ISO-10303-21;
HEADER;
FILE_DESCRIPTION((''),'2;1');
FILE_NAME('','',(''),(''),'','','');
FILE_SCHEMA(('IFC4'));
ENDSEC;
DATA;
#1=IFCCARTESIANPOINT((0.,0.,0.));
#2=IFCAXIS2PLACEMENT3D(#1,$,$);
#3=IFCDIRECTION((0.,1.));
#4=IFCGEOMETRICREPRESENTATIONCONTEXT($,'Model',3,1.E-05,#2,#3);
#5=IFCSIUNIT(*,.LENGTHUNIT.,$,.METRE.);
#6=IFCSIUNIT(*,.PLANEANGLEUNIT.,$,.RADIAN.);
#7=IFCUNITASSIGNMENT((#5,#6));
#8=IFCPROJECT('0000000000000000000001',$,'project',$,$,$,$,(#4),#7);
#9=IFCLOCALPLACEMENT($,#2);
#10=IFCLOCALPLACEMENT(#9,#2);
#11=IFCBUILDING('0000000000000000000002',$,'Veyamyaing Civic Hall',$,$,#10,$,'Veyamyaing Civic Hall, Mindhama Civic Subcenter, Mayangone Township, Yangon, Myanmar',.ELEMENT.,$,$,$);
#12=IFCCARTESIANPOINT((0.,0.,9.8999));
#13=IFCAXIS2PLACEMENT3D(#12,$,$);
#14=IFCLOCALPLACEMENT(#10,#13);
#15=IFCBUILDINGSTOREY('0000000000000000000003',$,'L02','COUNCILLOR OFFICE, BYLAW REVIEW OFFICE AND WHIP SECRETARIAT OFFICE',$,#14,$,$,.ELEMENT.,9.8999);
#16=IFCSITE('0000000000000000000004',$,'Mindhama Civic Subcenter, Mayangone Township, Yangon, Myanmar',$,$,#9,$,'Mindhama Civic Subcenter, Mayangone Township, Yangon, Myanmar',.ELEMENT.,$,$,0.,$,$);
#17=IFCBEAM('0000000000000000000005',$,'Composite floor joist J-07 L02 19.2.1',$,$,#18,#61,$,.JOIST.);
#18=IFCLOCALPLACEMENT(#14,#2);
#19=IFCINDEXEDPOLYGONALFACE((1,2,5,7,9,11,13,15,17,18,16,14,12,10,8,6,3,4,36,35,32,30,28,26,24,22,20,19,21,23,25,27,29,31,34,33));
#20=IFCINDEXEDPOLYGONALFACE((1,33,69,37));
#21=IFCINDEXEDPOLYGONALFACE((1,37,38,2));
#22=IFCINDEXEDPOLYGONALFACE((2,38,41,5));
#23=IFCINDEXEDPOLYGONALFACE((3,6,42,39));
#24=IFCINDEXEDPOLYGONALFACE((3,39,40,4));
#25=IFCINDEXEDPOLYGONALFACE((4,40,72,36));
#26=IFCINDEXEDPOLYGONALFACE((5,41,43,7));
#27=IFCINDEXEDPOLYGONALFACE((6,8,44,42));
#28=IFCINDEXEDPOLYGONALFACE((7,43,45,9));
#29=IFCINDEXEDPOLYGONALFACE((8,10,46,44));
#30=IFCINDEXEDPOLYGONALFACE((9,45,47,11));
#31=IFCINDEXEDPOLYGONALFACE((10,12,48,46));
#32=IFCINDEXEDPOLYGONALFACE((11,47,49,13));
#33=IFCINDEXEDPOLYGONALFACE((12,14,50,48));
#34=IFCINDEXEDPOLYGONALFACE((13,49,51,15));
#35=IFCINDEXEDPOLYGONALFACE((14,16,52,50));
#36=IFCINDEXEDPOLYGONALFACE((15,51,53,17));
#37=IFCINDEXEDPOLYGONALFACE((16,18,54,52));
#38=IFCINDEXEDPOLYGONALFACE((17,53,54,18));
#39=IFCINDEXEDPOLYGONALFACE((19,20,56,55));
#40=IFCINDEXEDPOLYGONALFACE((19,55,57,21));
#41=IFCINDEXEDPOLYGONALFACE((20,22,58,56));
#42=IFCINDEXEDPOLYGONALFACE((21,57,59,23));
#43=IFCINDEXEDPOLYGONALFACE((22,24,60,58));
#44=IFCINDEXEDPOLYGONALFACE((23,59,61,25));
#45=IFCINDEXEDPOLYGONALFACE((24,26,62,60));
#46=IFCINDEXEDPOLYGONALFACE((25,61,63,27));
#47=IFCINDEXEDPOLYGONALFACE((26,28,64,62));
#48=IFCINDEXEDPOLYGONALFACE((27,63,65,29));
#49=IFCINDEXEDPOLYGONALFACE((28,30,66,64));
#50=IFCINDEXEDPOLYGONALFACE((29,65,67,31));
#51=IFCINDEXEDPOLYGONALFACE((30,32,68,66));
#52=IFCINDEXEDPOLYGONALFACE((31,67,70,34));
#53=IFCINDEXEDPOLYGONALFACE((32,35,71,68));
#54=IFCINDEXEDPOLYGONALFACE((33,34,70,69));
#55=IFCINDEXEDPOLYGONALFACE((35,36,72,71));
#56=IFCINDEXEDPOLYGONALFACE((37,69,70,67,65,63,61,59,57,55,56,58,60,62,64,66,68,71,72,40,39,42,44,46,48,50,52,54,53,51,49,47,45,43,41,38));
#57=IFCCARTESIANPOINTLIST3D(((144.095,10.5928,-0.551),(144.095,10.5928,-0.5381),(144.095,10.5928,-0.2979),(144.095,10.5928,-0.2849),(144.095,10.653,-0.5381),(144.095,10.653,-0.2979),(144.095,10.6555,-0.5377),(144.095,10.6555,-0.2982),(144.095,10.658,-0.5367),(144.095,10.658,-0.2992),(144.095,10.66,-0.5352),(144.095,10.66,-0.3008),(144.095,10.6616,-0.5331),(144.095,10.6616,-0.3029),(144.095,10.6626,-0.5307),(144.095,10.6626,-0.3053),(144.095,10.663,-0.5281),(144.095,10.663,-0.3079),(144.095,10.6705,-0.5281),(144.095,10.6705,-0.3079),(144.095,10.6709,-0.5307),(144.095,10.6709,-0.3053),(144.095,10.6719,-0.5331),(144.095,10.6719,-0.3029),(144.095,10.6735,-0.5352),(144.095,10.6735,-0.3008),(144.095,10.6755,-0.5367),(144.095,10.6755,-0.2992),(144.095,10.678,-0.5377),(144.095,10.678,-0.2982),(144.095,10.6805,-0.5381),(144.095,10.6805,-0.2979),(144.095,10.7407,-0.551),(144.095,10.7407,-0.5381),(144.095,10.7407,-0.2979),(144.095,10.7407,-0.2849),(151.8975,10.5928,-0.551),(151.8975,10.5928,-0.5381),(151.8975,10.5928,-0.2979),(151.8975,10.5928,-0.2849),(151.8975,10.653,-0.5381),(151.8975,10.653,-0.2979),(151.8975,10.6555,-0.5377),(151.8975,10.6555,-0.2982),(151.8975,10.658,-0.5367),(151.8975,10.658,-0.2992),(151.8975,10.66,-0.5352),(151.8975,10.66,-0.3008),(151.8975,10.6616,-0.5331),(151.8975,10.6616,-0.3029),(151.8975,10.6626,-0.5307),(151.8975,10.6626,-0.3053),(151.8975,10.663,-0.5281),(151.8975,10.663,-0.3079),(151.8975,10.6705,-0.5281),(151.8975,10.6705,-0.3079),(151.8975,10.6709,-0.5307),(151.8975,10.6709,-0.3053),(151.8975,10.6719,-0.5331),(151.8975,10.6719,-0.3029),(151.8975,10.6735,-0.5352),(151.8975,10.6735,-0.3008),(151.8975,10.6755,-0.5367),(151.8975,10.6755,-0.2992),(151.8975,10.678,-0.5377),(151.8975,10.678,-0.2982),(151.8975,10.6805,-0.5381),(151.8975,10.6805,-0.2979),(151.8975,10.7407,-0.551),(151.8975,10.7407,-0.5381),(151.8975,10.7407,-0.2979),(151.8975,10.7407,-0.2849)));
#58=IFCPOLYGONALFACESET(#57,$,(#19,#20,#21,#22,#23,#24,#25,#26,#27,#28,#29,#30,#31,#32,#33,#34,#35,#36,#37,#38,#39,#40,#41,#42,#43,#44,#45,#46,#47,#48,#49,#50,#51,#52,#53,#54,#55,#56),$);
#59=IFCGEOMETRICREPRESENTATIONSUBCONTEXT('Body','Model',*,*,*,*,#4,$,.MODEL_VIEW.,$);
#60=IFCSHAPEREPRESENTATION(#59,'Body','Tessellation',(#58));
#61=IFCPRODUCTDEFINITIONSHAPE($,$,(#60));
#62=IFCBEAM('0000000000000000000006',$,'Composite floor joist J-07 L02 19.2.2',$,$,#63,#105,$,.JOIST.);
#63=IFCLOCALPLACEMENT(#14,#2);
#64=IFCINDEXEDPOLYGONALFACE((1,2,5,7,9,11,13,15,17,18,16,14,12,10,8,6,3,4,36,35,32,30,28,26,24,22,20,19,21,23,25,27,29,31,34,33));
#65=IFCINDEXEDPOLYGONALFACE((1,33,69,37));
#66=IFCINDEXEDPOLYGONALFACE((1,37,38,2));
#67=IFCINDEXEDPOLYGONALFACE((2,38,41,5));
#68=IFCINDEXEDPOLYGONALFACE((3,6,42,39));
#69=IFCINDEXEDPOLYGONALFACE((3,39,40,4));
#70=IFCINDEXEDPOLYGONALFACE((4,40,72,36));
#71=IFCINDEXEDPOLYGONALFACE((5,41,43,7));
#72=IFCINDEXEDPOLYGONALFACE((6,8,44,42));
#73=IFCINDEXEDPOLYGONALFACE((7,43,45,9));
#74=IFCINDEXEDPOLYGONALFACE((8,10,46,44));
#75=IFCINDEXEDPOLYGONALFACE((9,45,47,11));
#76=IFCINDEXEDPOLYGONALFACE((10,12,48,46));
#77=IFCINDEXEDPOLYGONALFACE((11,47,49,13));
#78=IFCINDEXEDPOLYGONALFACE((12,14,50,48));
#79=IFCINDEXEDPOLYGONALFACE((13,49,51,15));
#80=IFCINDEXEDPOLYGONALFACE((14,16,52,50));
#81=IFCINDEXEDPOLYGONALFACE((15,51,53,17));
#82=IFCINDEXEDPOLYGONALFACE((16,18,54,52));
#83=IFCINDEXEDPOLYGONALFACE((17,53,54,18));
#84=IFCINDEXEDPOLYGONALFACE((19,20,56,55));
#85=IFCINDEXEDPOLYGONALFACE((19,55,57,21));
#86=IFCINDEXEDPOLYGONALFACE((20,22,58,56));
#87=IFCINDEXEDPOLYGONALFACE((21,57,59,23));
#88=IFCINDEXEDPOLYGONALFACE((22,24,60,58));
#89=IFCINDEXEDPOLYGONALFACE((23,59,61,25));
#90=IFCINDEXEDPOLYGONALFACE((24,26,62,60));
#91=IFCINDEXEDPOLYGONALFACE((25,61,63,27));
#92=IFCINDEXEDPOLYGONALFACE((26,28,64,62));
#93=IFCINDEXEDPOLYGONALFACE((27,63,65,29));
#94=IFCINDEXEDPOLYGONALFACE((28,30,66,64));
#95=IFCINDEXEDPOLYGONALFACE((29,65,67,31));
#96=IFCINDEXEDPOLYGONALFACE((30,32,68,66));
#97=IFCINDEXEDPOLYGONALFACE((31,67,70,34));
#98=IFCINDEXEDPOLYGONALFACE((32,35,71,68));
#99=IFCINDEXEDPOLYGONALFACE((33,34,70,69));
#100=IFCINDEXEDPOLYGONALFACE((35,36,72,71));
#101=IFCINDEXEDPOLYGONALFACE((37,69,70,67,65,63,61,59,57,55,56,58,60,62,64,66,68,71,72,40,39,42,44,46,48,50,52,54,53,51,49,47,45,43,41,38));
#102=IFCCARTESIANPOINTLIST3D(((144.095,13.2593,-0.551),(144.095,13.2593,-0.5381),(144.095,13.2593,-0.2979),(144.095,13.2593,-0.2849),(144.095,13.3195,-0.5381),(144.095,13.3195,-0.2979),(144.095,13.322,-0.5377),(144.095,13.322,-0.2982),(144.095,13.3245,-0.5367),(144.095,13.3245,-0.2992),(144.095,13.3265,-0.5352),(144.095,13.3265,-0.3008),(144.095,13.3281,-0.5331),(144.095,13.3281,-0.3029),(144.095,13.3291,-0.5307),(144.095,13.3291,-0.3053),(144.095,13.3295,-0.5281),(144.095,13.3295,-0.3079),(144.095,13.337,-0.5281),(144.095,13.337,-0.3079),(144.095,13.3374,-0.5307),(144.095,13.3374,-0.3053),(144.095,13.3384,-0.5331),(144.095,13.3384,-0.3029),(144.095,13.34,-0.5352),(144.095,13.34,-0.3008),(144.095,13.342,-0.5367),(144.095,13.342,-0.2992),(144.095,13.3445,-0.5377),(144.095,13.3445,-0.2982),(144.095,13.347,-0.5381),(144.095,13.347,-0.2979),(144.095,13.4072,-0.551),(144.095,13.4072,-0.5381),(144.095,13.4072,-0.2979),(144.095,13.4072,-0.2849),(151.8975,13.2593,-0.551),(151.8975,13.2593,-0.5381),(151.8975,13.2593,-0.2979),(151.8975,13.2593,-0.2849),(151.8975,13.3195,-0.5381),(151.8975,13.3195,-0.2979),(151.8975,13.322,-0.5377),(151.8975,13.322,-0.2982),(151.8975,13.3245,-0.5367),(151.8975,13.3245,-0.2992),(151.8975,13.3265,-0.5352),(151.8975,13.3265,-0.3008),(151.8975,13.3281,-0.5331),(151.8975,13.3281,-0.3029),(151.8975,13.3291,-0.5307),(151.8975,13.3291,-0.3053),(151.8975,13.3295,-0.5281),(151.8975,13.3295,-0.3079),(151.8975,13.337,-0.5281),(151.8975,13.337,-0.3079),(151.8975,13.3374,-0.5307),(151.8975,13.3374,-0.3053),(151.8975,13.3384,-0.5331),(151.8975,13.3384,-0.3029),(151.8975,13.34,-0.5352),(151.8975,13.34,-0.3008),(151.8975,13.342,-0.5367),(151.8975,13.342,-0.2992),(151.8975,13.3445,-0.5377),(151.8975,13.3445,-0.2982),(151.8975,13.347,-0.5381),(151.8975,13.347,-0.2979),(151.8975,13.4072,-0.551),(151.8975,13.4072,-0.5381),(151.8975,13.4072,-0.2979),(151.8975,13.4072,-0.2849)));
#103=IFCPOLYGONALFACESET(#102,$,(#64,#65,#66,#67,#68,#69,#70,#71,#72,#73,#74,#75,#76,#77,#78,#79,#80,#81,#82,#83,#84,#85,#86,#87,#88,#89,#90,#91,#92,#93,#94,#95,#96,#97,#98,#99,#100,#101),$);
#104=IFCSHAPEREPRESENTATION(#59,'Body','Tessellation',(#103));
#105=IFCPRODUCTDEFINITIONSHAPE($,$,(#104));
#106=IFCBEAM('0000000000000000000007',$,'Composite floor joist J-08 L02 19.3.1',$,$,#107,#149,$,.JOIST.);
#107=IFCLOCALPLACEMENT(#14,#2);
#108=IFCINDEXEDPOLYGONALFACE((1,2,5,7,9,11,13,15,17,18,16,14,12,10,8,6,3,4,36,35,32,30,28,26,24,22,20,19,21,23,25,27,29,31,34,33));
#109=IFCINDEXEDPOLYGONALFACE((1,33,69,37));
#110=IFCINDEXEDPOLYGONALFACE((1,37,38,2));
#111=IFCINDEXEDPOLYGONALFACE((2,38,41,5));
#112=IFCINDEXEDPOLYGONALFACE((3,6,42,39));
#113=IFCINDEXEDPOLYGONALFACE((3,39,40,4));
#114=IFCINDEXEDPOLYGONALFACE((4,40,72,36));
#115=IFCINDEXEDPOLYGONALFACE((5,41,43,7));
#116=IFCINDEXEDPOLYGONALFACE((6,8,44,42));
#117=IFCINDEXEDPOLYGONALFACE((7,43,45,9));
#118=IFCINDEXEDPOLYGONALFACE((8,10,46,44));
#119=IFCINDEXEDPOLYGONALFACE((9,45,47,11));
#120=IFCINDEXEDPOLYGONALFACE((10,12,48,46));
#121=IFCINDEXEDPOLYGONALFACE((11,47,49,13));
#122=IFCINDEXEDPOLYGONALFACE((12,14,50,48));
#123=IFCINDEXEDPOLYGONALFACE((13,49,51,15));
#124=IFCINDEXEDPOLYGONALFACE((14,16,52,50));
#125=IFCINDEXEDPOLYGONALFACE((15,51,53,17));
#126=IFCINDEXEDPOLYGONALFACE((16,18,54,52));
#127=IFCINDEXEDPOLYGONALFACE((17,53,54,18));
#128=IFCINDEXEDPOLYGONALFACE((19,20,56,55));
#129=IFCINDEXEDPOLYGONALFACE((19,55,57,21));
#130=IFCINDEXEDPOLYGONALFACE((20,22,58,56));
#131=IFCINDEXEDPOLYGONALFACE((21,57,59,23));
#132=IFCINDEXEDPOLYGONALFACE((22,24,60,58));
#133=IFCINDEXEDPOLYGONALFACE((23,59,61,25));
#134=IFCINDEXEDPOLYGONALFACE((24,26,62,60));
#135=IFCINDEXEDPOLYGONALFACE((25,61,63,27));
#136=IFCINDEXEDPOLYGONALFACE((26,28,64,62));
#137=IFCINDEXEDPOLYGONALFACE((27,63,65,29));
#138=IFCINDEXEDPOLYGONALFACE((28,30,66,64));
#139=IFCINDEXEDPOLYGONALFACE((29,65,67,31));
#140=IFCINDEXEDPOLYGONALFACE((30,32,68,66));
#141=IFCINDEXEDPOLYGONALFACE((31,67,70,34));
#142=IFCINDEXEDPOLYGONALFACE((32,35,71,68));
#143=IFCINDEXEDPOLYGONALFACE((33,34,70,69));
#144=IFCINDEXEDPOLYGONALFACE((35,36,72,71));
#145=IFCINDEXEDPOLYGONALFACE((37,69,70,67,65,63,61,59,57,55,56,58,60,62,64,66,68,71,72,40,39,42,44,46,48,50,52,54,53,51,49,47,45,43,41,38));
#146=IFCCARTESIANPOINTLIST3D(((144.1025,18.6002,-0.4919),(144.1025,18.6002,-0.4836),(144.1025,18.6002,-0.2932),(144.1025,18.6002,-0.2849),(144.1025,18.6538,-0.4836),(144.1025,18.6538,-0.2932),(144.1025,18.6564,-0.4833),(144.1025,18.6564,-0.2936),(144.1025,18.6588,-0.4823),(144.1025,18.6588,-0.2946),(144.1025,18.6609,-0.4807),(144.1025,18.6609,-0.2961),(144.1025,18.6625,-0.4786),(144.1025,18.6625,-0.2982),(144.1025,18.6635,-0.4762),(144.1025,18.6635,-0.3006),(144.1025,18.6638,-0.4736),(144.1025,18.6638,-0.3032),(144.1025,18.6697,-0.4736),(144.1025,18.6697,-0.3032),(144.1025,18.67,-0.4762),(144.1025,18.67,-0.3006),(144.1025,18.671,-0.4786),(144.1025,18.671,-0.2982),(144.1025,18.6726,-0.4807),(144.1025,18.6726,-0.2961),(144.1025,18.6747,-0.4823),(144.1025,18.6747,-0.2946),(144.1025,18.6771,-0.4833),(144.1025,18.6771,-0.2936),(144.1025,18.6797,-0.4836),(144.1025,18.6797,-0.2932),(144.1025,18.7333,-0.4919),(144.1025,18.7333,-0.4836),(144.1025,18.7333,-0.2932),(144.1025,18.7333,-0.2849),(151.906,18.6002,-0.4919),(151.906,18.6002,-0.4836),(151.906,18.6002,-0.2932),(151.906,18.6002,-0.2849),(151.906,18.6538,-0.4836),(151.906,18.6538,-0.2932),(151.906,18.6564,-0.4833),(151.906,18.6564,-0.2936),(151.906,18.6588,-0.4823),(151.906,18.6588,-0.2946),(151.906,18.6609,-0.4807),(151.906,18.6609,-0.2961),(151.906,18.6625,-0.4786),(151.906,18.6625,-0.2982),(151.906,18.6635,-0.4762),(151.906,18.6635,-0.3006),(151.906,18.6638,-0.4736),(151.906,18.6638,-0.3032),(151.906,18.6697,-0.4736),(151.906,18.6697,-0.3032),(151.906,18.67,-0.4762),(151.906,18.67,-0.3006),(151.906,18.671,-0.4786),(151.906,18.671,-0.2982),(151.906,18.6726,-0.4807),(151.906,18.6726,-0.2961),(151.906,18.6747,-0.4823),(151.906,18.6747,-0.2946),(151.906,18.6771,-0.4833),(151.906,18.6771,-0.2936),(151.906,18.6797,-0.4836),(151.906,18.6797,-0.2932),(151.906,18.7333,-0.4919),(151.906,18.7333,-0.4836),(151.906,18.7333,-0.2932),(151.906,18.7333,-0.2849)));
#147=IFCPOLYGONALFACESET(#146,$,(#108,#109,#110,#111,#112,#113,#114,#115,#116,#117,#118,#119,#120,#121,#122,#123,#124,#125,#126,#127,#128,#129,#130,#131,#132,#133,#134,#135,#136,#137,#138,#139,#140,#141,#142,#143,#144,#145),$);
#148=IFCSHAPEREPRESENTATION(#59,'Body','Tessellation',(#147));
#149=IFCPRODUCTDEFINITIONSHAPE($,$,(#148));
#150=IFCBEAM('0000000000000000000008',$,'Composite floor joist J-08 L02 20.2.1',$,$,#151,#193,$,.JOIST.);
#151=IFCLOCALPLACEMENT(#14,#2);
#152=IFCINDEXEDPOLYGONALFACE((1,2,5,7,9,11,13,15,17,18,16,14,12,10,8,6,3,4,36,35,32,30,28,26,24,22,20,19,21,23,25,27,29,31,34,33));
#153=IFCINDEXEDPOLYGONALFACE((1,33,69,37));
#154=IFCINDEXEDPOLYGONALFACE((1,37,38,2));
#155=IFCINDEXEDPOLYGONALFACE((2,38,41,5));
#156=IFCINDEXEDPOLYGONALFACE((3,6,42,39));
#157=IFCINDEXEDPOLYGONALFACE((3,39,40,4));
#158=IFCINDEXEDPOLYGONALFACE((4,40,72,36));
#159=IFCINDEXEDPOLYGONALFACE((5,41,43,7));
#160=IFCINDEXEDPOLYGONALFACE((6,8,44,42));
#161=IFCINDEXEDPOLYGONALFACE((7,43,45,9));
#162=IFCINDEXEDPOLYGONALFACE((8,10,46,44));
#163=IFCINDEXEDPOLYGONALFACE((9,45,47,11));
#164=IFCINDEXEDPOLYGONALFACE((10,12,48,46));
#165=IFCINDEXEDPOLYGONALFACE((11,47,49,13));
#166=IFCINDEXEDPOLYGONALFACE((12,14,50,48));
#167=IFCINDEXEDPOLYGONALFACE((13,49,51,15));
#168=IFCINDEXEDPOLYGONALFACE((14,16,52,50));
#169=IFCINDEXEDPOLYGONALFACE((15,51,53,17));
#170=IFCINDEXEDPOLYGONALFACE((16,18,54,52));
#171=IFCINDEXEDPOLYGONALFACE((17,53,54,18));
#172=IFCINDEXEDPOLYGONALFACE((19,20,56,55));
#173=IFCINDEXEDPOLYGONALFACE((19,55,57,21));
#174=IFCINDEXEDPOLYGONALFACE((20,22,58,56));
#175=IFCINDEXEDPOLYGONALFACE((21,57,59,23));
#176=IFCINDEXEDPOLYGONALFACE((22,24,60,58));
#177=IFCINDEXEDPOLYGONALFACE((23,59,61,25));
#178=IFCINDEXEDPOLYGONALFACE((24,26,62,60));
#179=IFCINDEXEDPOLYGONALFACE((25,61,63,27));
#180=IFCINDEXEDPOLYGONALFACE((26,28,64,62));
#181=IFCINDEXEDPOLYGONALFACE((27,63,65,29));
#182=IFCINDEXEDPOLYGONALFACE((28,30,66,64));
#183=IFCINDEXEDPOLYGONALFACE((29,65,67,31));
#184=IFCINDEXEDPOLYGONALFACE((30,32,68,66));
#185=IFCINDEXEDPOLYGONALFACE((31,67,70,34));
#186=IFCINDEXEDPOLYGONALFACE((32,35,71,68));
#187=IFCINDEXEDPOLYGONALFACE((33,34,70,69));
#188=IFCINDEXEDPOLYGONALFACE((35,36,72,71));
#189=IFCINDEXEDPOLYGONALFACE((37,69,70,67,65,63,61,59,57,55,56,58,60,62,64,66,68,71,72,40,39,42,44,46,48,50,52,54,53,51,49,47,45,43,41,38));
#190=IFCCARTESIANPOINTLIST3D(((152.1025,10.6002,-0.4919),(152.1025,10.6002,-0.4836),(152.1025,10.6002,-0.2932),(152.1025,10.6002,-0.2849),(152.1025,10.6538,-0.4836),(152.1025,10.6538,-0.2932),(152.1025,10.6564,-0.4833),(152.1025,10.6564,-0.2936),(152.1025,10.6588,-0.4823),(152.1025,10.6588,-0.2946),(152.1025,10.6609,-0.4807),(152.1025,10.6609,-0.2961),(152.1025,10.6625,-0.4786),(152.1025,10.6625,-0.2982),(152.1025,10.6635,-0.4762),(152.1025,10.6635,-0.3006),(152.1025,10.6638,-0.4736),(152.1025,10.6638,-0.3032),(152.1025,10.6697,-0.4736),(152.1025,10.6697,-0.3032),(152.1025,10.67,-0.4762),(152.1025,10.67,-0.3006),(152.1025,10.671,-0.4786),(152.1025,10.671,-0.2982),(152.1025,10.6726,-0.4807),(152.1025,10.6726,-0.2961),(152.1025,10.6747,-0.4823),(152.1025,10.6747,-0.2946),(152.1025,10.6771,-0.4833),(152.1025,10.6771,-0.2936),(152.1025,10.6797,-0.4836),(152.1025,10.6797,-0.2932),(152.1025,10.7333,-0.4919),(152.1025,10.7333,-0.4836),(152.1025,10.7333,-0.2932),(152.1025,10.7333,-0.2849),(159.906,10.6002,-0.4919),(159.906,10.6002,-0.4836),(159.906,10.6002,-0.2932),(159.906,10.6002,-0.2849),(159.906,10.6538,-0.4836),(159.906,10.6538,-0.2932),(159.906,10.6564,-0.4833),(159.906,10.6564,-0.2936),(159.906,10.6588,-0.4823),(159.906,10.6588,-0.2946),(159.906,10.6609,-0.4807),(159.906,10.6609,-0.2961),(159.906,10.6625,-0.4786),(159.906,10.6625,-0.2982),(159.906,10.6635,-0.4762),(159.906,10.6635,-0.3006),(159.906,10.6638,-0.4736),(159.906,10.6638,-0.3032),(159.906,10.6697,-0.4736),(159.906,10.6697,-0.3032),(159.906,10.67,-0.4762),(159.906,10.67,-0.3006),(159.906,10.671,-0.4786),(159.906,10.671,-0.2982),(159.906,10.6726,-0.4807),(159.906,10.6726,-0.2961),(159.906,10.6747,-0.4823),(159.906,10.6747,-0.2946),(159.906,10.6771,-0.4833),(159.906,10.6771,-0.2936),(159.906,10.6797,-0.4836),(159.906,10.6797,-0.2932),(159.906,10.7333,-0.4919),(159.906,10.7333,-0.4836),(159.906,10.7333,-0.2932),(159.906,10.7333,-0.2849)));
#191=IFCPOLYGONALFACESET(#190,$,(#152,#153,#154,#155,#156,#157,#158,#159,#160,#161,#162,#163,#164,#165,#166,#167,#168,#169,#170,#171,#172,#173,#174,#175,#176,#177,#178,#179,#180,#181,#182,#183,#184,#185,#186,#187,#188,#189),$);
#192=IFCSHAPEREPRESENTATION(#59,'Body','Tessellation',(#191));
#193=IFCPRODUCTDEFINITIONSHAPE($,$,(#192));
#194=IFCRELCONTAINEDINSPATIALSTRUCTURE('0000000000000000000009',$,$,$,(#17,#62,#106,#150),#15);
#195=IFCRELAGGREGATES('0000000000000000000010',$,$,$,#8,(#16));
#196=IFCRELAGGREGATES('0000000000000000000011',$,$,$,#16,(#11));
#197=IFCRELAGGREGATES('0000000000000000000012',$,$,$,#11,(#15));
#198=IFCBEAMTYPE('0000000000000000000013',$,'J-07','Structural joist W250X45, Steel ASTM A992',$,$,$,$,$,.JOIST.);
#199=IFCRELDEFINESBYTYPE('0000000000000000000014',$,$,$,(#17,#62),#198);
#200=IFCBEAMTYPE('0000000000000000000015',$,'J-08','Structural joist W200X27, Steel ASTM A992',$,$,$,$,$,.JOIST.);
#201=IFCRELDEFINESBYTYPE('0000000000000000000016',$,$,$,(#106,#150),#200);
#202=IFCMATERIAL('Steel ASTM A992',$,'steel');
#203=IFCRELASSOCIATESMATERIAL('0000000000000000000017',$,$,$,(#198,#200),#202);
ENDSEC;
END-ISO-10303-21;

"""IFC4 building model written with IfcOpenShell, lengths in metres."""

from ifc_helpers import new_model, si_unit, direction, frame, origin, origin_2d, place, context, subcontext, project, spatial, i_section, extrude, material, material_profile, profile_set, type_object, element, save


model = new_model("IFC4")

# Units and contexts
model_context = context("Model", 3, precision=1e-05, world=origin(), true_north=direction((0.0, 1.0)))
body_context = subcontext(model_context, "Body", "Model", "MODEL_VIEW")
ifc_project = project(units=[si_unit("LENGTHUNIT", "METRE"), si_unit("PLANEANGLEUNIT", "RADIAN")], contexts=[model_context])

# Site, building, storey
site_placement = place(None, origin())
site = spatial("IfcSite", under=ifc_project, at=site_placement, Name="Mindhama Civic Subcenter, Mayangone Township, Yangon, Myanmar", LongName="Mindhama Civic Subcenter, Mayangone Township, Yangon, Myanmar", CompositionType="ELEMENT", RefElevation=0.0)
building_placement = place(site_placement, origin())
building = spatial("IfcBuilding", under=site, at=building_placement, Name="Veyamyaing Civic Hall", LongName="Veyamyaing Civic Hall, Mindhama Civic Subcenter, Mayangone Township, Yangon, Myanmar", CompositionType="ELEMENT")
storey_placement = place(building_placement, frame((0.0, 0.0, 9.8999)))
storey = spatial("IfcBuildingStorey", under=building, at=storey_placement, Name="L02", Description="COUNCILLOR OFFICE, BYLAW REVIEW OFFICE AND WHIP SECRETARIAT OFFICE", CompositionType="ELEMENT", Elevation=9.8999)

# Beams
ifc_material_1 = material(Name="Steel ASTM A992", Category="steel")
ifc_material_profile_1 = material_profile(ifc_material_1, i_section(OverallWidth=0.1479, OverallDepth=0.2661, WebThickness=0.0076, FlangeThickness=0.0129, FilletRadius=0.01, at=origin_2d()), Name="W250X45")
ifc_profile_set_1 = profile_set([ifc_material_profile_1], Name="Steel ASTM A992")
beam_type_1 = type_object("IfcBeamType", Name="J-07", Description="Structural joist W250X45, Steel ASTM A992", PredefinedType="JOIST", material=ifc_profile_set_1)
for number, where, z_axis, x_axis, name in (
    (1, (144.095, 10.6667, -0.418), (1.0, 0.0, 0.0), (0.0, 1.0, 0.0), "Composite floor joist J-07 L02 19.2.1"),
    (2, (144.095, 13.3333, -0.418), (1.0, 0.0, 0.0), (0.0, 1.0, 0.0), "Composite floor joist J-07 L02 19.2.2"),
):
    element("IfcBeam", number, at=place(storey_placement, frame(where, z_axis=z_axis, x_axis=x_axis)), inside=storey, type_object=beam_type_1, Name=name, PredefinedType="JOIST", context=body_context, shape_type="SweptSolid", body=[
        extrude(i_section(OverallWidth=0.1479, OverallDepth=0.2661, WebThickness=0.0076, FlangeThickness=0.0129, FilletRadius=0.01, at=origin_2d()), origin(), (0.0, 0.0, 1.0), 7.8025),
    ])
ifc_material_profile_2 = material_profile(ifc_material_1, i_section(OverallWidth=0.1331, OverallDepth=0.207, WebThickness=0.0059, FlangeThickness=0.0083, FilletRadius=0.01, at=origin_2d()), Name="W200X27")
ifc_profile_set_2 = profile_set([ifc_material_profile_2], Name="Steel ASTM A992")
beam_type_2 = type_object("IfcBeamType", Name="J-08", Description="Structural joist W200X27, Steel ASTM A992", PredefinedType="JOIST", material=ifc_profile_set_2)
for number, where, z_axis, x_axis, name in (
    (3, (144.1025, 18.6667, -0.3884), (1.0, 0.0, 0.0), (0.0, 1.0, 0.0), "Composite floor joist J-08 L02 19.3.1"),
    (4, (152.1025, 10.6667, -0.3884), (1.0, 0.0, 0.0), (0.0, 1.0, 0.0), "Composite floor joist J-08 L02 20.2.1"),
):
    element("IfcBeam", number, at=place(storey_placement, frame(where, z_axis=z_axis, x_axis=x_axis)), inside=storey, type_object=beam_type_2, Name=name, PredefinedType="JOIST", context=body_context, shape_type="SweptSolid", body=[
        extrude(i_section(OverallWidth=0.1331, OverallDepth=0.207, WebThickness=0.0059, FlangeThickness=0.0083, FilletRadius=0.01, at=origin_2d()), origin(), (0.0, 0.0, 1.0), 7.8035),
    ])

save(model, "model.ifc")
